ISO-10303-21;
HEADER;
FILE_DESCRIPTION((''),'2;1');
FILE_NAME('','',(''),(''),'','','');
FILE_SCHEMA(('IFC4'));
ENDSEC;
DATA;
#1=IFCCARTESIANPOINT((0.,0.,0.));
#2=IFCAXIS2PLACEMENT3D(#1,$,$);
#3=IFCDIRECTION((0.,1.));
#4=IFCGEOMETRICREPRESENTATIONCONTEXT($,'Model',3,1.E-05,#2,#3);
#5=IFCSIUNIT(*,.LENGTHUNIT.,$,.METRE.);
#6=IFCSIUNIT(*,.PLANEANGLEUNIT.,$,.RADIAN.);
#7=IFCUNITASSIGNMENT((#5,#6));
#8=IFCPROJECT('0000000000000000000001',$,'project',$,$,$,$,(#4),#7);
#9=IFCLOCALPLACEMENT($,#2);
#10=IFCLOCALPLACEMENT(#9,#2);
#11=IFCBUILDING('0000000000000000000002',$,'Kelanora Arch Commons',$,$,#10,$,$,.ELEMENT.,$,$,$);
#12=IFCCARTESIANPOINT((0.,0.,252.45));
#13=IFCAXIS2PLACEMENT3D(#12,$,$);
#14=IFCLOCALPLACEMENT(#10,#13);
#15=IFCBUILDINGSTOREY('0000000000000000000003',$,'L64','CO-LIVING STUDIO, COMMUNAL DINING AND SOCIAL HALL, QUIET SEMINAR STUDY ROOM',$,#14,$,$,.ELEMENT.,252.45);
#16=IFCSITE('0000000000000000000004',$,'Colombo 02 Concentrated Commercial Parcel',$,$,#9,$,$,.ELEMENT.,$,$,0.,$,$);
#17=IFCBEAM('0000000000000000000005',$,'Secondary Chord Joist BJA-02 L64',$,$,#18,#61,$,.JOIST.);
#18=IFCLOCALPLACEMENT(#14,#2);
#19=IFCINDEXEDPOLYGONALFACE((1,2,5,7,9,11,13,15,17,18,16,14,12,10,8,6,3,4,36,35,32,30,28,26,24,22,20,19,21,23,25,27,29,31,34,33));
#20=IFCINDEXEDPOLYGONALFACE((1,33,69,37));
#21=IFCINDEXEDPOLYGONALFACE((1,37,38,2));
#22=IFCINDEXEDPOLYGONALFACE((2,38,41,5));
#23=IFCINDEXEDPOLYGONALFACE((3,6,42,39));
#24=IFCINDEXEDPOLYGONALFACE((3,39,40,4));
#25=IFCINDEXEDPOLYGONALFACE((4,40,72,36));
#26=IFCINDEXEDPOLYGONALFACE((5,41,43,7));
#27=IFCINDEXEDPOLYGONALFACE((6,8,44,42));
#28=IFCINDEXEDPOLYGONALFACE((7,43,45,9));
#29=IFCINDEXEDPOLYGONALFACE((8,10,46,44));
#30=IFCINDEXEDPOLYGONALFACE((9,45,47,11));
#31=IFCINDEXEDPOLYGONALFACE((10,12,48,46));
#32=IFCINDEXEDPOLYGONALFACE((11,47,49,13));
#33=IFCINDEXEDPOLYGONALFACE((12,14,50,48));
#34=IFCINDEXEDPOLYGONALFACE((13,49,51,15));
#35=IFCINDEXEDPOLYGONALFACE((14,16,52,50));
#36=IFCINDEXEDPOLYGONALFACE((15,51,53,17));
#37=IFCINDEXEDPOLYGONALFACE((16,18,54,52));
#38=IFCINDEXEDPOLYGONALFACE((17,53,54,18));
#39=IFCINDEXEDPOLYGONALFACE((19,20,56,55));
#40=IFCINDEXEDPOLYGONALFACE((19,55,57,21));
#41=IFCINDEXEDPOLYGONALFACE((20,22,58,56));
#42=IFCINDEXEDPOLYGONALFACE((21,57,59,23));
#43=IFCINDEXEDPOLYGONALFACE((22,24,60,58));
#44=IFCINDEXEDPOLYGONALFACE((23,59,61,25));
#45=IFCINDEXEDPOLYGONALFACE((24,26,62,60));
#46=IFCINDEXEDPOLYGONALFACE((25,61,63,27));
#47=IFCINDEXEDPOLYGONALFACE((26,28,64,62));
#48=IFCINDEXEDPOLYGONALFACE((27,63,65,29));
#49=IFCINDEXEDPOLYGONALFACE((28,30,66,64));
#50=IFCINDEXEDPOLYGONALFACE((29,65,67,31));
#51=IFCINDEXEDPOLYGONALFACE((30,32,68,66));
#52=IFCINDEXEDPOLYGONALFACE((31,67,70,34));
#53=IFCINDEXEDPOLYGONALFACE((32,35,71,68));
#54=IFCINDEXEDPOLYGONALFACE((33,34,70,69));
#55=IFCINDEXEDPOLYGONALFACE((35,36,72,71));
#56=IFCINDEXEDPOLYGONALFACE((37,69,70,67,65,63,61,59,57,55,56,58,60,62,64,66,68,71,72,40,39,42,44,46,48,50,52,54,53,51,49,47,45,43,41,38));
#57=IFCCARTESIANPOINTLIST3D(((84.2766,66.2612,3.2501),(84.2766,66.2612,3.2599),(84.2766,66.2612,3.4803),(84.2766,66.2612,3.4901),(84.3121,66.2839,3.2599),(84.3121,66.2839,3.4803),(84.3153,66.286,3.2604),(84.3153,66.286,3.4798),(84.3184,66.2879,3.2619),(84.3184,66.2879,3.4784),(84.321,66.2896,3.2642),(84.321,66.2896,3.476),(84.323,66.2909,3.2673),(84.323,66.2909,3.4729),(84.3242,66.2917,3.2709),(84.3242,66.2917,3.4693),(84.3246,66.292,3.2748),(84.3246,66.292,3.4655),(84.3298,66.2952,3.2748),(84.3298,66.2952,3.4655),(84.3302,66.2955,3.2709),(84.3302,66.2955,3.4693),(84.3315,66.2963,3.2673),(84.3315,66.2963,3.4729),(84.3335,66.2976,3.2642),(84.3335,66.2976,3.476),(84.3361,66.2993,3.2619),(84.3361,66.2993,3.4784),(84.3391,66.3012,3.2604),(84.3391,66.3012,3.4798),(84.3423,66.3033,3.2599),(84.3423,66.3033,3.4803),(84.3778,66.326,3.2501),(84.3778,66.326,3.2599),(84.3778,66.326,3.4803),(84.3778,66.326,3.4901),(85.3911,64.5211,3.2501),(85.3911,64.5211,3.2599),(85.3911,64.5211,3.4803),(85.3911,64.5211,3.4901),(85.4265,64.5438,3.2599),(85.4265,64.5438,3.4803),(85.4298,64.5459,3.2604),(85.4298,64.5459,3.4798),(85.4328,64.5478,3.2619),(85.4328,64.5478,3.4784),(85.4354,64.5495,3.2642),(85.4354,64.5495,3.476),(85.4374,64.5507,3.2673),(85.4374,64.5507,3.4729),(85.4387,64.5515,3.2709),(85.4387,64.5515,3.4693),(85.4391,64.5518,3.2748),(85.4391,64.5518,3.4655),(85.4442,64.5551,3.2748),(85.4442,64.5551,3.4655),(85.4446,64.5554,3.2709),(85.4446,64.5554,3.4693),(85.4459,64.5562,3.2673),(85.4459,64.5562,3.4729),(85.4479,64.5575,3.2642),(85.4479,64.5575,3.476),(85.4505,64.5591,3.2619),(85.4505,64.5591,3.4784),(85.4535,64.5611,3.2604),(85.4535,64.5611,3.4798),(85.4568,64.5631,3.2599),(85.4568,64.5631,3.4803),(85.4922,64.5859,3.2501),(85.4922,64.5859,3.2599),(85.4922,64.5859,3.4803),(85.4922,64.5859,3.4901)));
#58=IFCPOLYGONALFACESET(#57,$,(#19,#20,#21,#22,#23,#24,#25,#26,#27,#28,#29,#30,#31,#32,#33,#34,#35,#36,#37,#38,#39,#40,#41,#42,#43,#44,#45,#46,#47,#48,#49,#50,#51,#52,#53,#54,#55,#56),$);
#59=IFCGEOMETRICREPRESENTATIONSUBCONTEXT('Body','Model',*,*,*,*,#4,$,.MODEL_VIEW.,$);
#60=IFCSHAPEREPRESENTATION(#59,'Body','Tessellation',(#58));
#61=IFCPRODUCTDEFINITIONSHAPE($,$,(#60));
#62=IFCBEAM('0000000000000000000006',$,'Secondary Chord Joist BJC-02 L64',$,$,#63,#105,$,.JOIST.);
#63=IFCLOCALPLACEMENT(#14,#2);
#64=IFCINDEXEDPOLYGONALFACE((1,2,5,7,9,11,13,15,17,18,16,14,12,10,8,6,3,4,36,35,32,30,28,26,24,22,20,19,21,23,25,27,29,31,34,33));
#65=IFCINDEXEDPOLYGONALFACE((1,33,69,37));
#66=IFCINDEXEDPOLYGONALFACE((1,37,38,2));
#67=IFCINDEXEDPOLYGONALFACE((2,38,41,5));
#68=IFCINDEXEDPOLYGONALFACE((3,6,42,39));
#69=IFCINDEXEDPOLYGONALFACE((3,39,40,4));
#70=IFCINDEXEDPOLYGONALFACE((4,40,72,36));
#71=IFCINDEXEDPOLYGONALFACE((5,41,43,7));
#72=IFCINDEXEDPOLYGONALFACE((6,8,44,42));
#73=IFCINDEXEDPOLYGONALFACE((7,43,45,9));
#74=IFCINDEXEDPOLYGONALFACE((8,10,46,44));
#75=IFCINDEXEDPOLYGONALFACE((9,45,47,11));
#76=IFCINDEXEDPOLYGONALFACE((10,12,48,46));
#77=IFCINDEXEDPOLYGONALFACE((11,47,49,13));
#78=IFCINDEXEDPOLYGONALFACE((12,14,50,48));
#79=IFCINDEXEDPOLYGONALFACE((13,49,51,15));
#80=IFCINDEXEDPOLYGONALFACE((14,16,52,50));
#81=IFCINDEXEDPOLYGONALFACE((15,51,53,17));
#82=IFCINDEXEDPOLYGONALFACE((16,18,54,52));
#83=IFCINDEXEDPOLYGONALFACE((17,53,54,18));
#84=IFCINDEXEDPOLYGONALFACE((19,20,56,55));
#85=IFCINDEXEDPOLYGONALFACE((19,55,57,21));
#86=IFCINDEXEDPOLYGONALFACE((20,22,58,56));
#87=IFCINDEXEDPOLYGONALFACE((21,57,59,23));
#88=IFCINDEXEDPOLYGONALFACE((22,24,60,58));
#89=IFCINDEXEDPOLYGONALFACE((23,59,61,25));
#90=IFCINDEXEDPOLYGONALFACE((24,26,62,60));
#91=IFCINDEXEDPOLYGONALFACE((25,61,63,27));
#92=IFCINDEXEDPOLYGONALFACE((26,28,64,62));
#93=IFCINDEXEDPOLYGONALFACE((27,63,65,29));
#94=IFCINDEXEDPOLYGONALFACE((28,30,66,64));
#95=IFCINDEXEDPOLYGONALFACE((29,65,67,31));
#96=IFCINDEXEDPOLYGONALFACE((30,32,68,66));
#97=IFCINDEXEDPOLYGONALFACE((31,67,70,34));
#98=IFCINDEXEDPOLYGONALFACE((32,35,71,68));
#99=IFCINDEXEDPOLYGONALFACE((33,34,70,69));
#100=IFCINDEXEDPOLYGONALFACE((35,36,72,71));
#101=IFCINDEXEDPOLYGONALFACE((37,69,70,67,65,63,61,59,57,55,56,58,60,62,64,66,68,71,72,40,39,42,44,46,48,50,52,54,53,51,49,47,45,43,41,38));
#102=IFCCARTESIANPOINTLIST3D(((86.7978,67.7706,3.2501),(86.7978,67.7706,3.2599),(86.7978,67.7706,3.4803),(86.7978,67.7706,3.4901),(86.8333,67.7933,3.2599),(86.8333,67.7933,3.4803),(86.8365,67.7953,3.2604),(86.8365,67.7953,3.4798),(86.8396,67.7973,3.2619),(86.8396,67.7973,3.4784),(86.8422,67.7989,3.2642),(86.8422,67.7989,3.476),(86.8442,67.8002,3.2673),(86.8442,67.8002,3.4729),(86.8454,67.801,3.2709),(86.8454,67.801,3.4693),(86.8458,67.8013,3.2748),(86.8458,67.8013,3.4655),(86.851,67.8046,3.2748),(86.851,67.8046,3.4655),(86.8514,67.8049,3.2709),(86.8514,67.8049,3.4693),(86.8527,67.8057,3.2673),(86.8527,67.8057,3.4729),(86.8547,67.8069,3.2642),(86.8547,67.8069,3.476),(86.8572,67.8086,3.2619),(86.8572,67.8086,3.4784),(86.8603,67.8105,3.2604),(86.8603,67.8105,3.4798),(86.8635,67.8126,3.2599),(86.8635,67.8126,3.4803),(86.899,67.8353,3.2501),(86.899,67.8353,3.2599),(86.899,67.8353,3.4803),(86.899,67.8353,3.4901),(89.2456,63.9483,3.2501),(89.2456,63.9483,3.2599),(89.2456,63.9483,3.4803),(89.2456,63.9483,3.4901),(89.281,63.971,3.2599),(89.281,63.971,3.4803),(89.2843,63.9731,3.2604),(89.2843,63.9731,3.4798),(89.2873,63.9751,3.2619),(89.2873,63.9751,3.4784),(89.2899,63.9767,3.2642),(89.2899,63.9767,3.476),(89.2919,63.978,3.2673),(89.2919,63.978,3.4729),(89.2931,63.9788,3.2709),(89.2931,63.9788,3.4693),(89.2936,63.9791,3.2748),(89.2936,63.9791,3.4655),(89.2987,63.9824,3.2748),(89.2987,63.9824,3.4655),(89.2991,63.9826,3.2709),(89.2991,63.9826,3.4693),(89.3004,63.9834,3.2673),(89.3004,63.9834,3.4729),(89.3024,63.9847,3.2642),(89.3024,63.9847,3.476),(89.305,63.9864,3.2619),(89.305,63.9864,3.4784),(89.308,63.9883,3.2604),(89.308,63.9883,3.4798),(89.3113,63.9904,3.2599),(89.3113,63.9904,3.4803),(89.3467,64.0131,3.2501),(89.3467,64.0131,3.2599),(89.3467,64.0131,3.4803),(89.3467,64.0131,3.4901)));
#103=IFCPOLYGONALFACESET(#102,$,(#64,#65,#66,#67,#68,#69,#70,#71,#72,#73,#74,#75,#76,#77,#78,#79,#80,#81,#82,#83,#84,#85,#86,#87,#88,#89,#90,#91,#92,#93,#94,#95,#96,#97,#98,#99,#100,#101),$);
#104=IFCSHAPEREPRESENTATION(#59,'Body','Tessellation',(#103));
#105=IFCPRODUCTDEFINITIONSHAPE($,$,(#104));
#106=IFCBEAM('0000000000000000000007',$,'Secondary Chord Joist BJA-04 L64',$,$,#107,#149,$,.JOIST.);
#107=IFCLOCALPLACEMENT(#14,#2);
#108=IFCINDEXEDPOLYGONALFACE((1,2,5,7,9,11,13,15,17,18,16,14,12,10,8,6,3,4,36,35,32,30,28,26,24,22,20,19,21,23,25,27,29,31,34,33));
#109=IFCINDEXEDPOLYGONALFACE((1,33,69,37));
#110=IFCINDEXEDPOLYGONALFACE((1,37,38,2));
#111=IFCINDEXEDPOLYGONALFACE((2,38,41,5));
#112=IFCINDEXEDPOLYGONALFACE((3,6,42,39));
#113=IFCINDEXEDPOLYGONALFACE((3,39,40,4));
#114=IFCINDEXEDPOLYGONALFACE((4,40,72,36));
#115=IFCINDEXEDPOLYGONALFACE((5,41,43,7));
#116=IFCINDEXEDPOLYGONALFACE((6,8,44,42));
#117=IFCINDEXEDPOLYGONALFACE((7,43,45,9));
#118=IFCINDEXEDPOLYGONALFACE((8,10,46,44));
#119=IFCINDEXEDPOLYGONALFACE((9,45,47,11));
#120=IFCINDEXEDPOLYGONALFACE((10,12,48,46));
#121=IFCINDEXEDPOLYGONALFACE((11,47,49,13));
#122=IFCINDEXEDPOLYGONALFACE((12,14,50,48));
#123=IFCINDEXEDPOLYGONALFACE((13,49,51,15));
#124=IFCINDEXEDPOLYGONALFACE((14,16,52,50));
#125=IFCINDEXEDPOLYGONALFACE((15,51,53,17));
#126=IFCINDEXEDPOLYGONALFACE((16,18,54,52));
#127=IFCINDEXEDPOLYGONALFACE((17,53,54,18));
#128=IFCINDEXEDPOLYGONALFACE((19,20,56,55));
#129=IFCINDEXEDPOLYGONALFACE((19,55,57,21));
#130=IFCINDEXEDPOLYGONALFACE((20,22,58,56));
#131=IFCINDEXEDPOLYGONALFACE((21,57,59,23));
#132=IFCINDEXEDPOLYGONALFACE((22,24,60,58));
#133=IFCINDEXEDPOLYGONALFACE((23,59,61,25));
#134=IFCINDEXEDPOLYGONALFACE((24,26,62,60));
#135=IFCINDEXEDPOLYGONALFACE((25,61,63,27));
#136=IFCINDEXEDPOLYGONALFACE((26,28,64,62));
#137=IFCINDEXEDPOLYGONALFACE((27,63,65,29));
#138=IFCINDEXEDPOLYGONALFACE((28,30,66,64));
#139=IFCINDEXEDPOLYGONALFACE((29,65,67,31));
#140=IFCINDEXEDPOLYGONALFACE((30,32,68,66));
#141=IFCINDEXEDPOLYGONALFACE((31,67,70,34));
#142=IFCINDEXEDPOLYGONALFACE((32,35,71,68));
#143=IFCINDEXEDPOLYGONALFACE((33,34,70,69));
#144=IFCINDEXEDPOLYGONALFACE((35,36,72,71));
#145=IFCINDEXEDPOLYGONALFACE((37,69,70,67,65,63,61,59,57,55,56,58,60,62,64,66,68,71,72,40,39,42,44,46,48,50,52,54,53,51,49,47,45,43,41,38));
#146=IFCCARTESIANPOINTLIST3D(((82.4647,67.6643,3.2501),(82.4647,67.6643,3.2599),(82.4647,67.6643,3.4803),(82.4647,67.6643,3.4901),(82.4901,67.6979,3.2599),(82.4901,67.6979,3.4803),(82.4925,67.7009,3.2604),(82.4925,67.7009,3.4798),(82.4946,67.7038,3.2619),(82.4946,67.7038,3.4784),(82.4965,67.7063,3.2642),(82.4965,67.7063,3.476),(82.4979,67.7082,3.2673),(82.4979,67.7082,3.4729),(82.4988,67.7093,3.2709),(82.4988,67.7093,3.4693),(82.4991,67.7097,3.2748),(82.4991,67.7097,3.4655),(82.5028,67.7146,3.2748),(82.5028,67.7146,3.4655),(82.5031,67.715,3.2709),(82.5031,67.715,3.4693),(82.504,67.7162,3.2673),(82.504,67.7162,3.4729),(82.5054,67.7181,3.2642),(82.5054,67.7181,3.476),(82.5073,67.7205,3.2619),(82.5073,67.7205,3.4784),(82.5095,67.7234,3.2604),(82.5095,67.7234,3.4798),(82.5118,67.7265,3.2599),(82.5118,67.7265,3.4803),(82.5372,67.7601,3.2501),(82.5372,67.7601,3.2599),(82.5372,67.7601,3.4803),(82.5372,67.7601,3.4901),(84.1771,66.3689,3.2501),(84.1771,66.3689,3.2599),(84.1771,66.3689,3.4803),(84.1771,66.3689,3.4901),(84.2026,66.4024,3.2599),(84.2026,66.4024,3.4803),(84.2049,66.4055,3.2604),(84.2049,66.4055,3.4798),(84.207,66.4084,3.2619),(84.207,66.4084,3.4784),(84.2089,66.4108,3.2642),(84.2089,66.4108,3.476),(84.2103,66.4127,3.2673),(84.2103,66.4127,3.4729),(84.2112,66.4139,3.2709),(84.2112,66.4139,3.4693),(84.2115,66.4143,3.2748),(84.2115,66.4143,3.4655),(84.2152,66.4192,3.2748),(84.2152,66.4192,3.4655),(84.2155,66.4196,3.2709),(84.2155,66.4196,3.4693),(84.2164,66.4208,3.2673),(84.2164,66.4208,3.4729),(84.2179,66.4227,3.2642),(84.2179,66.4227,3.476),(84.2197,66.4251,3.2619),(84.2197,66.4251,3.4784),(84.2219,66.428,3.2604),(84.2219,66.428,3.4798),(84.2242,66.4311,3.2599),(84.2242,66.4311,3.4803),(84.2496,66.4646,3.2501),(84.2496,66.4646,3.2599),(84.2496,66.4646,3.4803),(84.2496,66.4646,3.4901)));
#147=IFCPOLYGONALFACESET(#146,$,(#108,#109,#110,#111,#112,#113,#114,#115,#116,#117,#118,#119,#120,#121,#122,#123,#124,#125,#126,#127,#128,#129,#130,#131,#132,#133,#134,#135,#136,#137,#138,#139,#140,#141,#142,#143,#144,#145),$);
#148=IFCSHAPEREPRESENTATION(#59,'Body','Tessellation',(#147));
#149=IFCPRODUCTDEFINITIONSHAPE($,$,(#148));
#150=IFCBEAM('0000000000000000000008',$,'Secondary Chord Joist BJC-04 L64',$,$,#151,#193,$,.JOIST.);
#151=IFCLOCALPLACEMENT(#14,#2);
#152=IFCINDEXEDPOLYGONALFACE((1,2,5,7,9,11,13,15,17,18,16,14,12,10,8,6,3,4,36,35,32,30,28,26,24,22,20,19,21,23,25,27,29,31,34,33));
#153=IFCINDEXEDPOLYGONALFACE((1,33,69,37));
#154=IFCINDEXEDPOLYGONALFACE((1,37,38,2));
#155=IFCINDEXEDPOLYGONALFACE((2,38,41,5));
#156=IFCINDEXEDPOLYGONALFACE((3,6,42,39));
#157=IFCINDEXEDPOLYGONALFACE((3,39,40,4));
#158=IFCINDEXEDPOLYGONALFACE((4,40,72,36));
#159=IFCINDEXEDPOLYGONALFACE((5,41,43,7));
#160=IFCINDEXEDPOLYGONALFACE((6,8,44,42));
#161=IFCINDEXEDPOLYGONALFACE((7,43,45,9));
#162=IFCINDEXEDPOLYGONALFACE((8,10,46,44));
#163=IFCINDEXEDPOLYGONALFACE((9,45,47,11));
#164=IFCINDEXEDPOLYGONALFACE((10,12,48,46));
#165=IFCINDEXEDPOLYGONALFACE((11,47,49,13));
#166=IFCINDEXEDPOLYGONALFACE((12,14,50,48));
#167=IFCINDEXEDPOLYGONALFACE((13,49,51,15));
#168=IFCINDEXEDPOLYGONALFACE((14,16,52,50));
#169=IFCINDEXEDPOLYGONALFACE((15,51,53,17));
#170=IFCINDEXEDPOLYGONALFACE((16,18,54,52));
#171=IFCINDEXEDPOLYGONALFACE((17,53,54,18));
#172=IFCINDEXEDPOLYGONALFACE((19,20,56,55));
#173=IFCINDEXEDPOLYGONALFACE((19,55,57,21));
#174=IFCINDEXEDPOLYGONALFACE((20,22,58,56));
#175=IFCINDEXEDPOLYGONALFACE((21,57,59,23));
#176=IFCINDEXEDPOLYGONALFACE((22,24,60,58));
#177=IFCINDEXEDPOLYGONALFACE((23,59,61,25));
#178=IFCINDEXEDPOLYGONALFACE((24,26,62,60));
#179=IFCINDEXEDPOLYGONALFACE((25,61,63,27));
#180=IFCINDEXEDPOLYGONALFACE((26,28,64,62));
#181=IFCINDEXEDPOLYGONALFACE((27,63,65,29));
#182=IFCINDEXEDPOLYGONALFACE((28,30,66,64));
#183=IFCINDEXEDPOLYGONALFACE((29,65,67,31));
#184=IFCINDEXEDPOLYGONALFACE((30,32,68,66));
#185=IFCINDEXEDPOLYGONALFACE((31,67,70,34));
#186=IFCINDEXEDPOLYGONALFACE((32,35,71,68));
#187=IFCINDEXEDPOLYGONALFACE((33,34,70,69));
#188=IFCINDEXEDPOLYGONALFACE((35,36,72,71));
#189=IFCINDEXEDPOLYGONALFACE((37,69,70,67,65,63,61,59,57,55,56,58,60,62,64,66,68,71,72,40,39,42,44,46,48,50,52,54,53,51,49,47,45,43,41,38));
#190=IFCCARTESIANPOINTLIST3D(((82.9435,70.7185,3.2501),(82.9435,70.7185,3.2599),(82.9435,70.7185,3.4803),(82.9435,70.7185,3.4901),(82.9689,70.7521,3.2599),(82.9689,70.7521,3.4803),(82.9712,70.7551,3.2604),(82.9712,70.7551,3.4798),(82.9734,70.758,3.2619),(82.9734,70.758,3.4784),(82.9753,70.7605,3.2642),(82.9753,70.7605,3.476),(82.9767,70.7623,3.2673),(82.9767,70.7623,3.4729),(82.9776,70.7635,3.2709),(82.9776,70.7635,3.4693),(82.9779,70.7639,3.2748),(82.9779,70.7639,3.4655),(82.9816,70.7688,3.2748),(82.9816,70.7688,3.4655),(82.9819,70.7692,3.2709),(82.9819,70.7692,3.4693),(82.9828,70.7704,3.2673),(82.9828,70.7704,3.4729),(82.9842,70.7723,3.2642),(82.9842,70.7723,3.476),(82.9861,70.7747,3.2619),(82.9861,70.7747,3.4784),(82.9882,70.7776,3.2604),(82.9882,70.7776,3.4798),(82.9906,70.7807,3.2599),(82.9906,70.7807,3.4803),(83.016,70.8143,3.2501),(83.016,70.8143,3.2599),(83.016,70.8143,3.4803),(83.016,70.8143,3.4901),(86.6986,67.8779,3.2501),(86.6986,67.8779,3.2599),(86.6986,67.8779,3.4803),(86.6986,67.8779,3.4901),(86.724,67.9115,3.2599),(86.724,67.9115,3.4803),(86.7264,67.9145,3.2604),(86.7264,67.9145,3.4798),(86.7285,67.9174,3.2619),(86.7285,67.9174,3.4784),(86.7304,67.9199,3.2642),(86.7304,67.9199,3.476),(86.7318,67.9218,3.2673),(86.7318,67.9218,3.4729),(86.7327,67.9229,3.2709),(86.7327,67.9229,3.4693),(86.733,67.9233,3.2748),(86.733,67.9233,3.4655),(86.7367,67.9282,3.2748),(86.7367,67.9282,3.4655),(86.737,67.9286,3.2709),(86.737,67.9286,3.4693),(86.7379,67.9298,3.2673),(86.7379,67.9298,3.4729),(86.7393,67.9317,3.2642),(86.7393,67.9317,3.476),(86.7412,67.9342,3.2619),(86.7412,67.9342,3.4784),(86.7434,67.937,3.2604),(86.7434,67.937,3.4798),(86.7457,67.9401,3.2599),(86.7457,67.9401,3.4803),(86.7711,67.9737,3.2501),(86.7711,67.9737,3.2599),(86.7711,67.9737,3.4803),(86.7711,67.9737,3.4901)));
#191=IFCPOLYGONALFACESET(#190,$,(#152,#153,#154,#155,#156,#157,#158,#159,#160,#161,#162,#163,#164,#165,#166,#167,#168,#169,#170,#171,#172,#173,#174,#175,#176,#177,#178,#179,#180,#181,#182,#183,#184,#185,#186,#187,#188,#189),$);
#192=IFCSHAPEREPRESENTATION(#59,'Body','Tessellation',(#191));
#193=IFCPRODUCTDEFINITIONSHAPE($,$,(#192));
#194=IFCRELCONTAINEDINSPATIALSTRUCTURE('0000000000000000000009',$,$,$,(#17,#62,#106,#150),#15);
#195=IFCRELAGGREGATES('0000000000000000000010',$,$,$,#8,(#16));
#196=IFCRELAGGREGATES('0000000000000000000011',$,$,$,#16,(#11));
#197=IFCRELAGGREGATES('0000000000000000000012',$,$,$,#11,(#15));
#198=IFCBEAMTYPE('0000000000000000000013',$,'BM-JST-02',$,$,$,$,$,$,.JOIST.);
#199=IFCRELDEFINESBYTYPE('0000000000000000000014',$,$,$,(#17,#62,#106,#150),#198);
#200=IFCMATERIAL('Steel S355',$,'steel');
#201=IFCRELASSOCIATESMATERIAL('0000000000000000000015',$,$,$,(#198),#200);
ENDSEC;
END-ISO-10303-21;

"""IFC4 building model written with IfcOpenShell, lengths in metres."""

from ifc_helpers import new_model, si_unit, direction, frame, origin, origin_2d, place, context, subcontext, project, spatial, i_section, extrude, material, material_profile, profile_set, type_object, element, save


model = new_model("IFC4")

# Units and contexts
model_context = context("Model", 3, precision=1e-05, world=origin(), true_north=direction((0.0, 1.0)))
body_context = subcontext(model_context, "Body", "Model", "MODEL_VIEW")
ifc_project = project(units=[si_unit("LENGTHUNIT", "METRE"), si_unit("PLANEANGLEUNIT", "RADIAN")], contexts=[model_context])

# Site, building, storey
site_placement = place(None, origin())
site = spatial("IfcSite", under=ifc_project, at=site_placement, Name="Colombo 02 Concentrated Commercial Parcel", CompositionType="ELEMENT", RefElevation=0.0)
building_placement = place(site_placement, origin())
building = spatial("IfcBuilding", under=site, at=building_placement, Name="Kelanora Arch Commons", CompositionType="ELEMENT")
storey_placement = place(building_placement, frame((0.0, 0.0, 252.45)))
storey = spatial("IfcBuildingStorey", under=building, at=storey_placement, Name="L64", Description="CO-LIVING STUDIO, COMMUNAL DINING AND SOCIAL HALL, QUIET SEMINAR STUDY ROOM", CompositionType="ELEMENT", Elevation=252.45)

# Beams
ifc_material_1 = material(Name="Steel S355", Category="steel")
ifc_material_profile_1 = material_profile(ifc_material_1, i_section(OverallWidth=0.1201, OverallDepth=0.24, WebThickness=0.0061, FlangeThickness=0.0098, FilletRadius=0.0149, at=origin_2d()), Name="IPE240")
ifc_profile_set_1 = profile_set([ifc_material_profile_1], Name="Steel S355")
beam_type_1 = type_object("IfcBeamType", Name="BM-JST-02", PredefinedType="JOIST", material=ifc_profile_set_1)
beam_1_placement = place(storey_placement, frame((85.4417, 64.5535, 3.3701), z_axis=(-0.539312, 0.842106, 0.0), x_axis=(-0.842106, -0.539312, 0.0)))
element("IfcBeam", 1, at=beam_1_placement, inside=storey, type_object=beam_type_1, Name="Secondary Chord Joist BJA-02 L64", PredefinedType="JOIST", context=body_context, shape_type="SweptSolid", body=[
    extrude(i_section(OverallWidth=0.1201, OverallDepth=0.24, WebThickness=0.0061, FlangeThickness=0.0098, FilletRadius=0.0149, at=origin_2d()), origin(), (0.0, 0.0, 1.0), 2.0664),
])
beam_2_placement = place(storey_placement, frame((89.2961, 63.9807, 3.3701), z_axis=(-0.539289, 0.842121, 0.0), x_axis=(-0.842121, -0.539289, 0.0)))
element("IfcBeam", 2, at=beam_2_placement, inside=storey, type_object=beam_type_1, Name="Secondary Chord Joist BJC-02 L64", PredefinedType="JOIST", context=body_context, shape_type="SweptSolid", body=[
    extrude(i_section(OverallWidth=0.1201, OverallDepth=0.24, WebThickness=0.0061, FlangeThickness=0.0098, FilletRadius=0.0149, at=origin_2d()), origin(), (0.0, 0.0, 1.0), 4.5388),
])
beam_3_placement = place(storey_placement, frame((84.2134, 66.4167, 3.3701), z_axis=(-0.79751, 0.603306, 0.0), x_axis=(-0.603306, -0.79751, 0.0)))
element("IfcBeam", 3, at=beam_3_placement, inside=storey, type_object=beam_type_1, Name="Secondary Chord Joist BJA-04 L64", PredefinedType="JOIST", context=body_context, shape_type="SweptSolid", body=[
    extrude(i_section(OverallWidth=0.1201, OverallDepth=0.24, WebThickness=0.0061, FlangeThickness=0.0098, FilletRadius=0.0149, at=origin_2d()), origin(), (0.0, 0.0, 1.0), 2.1472),
])
beam_4_placement = place(storey_placement, frame((86.7349, 67.9258, 3.3701), z_axis=(-0.797523, 0.603289, 0.0), x_axis=(-0.603289, -0.797523, 0.0)))
element("IfcBeam", 4, at=beam_4_placement, inside=storey, type_object=beam_type_1, Name="Secondary Chord Joist BJC-04 L64", PredefinedType="JOIST", context=body_context, shape_type="SweptSolid", body=[
    extrude(i_section(OverallWidth=0.1201, OverallDepth=0.24, WebThickness=0.0061, FlangeThickness=0.0098, FilletRadius=0.0149, at=origin_2d()), origin(), (0.0, 0.0, 1.0), 4.7085),
])

save(model, "model.ifc")
